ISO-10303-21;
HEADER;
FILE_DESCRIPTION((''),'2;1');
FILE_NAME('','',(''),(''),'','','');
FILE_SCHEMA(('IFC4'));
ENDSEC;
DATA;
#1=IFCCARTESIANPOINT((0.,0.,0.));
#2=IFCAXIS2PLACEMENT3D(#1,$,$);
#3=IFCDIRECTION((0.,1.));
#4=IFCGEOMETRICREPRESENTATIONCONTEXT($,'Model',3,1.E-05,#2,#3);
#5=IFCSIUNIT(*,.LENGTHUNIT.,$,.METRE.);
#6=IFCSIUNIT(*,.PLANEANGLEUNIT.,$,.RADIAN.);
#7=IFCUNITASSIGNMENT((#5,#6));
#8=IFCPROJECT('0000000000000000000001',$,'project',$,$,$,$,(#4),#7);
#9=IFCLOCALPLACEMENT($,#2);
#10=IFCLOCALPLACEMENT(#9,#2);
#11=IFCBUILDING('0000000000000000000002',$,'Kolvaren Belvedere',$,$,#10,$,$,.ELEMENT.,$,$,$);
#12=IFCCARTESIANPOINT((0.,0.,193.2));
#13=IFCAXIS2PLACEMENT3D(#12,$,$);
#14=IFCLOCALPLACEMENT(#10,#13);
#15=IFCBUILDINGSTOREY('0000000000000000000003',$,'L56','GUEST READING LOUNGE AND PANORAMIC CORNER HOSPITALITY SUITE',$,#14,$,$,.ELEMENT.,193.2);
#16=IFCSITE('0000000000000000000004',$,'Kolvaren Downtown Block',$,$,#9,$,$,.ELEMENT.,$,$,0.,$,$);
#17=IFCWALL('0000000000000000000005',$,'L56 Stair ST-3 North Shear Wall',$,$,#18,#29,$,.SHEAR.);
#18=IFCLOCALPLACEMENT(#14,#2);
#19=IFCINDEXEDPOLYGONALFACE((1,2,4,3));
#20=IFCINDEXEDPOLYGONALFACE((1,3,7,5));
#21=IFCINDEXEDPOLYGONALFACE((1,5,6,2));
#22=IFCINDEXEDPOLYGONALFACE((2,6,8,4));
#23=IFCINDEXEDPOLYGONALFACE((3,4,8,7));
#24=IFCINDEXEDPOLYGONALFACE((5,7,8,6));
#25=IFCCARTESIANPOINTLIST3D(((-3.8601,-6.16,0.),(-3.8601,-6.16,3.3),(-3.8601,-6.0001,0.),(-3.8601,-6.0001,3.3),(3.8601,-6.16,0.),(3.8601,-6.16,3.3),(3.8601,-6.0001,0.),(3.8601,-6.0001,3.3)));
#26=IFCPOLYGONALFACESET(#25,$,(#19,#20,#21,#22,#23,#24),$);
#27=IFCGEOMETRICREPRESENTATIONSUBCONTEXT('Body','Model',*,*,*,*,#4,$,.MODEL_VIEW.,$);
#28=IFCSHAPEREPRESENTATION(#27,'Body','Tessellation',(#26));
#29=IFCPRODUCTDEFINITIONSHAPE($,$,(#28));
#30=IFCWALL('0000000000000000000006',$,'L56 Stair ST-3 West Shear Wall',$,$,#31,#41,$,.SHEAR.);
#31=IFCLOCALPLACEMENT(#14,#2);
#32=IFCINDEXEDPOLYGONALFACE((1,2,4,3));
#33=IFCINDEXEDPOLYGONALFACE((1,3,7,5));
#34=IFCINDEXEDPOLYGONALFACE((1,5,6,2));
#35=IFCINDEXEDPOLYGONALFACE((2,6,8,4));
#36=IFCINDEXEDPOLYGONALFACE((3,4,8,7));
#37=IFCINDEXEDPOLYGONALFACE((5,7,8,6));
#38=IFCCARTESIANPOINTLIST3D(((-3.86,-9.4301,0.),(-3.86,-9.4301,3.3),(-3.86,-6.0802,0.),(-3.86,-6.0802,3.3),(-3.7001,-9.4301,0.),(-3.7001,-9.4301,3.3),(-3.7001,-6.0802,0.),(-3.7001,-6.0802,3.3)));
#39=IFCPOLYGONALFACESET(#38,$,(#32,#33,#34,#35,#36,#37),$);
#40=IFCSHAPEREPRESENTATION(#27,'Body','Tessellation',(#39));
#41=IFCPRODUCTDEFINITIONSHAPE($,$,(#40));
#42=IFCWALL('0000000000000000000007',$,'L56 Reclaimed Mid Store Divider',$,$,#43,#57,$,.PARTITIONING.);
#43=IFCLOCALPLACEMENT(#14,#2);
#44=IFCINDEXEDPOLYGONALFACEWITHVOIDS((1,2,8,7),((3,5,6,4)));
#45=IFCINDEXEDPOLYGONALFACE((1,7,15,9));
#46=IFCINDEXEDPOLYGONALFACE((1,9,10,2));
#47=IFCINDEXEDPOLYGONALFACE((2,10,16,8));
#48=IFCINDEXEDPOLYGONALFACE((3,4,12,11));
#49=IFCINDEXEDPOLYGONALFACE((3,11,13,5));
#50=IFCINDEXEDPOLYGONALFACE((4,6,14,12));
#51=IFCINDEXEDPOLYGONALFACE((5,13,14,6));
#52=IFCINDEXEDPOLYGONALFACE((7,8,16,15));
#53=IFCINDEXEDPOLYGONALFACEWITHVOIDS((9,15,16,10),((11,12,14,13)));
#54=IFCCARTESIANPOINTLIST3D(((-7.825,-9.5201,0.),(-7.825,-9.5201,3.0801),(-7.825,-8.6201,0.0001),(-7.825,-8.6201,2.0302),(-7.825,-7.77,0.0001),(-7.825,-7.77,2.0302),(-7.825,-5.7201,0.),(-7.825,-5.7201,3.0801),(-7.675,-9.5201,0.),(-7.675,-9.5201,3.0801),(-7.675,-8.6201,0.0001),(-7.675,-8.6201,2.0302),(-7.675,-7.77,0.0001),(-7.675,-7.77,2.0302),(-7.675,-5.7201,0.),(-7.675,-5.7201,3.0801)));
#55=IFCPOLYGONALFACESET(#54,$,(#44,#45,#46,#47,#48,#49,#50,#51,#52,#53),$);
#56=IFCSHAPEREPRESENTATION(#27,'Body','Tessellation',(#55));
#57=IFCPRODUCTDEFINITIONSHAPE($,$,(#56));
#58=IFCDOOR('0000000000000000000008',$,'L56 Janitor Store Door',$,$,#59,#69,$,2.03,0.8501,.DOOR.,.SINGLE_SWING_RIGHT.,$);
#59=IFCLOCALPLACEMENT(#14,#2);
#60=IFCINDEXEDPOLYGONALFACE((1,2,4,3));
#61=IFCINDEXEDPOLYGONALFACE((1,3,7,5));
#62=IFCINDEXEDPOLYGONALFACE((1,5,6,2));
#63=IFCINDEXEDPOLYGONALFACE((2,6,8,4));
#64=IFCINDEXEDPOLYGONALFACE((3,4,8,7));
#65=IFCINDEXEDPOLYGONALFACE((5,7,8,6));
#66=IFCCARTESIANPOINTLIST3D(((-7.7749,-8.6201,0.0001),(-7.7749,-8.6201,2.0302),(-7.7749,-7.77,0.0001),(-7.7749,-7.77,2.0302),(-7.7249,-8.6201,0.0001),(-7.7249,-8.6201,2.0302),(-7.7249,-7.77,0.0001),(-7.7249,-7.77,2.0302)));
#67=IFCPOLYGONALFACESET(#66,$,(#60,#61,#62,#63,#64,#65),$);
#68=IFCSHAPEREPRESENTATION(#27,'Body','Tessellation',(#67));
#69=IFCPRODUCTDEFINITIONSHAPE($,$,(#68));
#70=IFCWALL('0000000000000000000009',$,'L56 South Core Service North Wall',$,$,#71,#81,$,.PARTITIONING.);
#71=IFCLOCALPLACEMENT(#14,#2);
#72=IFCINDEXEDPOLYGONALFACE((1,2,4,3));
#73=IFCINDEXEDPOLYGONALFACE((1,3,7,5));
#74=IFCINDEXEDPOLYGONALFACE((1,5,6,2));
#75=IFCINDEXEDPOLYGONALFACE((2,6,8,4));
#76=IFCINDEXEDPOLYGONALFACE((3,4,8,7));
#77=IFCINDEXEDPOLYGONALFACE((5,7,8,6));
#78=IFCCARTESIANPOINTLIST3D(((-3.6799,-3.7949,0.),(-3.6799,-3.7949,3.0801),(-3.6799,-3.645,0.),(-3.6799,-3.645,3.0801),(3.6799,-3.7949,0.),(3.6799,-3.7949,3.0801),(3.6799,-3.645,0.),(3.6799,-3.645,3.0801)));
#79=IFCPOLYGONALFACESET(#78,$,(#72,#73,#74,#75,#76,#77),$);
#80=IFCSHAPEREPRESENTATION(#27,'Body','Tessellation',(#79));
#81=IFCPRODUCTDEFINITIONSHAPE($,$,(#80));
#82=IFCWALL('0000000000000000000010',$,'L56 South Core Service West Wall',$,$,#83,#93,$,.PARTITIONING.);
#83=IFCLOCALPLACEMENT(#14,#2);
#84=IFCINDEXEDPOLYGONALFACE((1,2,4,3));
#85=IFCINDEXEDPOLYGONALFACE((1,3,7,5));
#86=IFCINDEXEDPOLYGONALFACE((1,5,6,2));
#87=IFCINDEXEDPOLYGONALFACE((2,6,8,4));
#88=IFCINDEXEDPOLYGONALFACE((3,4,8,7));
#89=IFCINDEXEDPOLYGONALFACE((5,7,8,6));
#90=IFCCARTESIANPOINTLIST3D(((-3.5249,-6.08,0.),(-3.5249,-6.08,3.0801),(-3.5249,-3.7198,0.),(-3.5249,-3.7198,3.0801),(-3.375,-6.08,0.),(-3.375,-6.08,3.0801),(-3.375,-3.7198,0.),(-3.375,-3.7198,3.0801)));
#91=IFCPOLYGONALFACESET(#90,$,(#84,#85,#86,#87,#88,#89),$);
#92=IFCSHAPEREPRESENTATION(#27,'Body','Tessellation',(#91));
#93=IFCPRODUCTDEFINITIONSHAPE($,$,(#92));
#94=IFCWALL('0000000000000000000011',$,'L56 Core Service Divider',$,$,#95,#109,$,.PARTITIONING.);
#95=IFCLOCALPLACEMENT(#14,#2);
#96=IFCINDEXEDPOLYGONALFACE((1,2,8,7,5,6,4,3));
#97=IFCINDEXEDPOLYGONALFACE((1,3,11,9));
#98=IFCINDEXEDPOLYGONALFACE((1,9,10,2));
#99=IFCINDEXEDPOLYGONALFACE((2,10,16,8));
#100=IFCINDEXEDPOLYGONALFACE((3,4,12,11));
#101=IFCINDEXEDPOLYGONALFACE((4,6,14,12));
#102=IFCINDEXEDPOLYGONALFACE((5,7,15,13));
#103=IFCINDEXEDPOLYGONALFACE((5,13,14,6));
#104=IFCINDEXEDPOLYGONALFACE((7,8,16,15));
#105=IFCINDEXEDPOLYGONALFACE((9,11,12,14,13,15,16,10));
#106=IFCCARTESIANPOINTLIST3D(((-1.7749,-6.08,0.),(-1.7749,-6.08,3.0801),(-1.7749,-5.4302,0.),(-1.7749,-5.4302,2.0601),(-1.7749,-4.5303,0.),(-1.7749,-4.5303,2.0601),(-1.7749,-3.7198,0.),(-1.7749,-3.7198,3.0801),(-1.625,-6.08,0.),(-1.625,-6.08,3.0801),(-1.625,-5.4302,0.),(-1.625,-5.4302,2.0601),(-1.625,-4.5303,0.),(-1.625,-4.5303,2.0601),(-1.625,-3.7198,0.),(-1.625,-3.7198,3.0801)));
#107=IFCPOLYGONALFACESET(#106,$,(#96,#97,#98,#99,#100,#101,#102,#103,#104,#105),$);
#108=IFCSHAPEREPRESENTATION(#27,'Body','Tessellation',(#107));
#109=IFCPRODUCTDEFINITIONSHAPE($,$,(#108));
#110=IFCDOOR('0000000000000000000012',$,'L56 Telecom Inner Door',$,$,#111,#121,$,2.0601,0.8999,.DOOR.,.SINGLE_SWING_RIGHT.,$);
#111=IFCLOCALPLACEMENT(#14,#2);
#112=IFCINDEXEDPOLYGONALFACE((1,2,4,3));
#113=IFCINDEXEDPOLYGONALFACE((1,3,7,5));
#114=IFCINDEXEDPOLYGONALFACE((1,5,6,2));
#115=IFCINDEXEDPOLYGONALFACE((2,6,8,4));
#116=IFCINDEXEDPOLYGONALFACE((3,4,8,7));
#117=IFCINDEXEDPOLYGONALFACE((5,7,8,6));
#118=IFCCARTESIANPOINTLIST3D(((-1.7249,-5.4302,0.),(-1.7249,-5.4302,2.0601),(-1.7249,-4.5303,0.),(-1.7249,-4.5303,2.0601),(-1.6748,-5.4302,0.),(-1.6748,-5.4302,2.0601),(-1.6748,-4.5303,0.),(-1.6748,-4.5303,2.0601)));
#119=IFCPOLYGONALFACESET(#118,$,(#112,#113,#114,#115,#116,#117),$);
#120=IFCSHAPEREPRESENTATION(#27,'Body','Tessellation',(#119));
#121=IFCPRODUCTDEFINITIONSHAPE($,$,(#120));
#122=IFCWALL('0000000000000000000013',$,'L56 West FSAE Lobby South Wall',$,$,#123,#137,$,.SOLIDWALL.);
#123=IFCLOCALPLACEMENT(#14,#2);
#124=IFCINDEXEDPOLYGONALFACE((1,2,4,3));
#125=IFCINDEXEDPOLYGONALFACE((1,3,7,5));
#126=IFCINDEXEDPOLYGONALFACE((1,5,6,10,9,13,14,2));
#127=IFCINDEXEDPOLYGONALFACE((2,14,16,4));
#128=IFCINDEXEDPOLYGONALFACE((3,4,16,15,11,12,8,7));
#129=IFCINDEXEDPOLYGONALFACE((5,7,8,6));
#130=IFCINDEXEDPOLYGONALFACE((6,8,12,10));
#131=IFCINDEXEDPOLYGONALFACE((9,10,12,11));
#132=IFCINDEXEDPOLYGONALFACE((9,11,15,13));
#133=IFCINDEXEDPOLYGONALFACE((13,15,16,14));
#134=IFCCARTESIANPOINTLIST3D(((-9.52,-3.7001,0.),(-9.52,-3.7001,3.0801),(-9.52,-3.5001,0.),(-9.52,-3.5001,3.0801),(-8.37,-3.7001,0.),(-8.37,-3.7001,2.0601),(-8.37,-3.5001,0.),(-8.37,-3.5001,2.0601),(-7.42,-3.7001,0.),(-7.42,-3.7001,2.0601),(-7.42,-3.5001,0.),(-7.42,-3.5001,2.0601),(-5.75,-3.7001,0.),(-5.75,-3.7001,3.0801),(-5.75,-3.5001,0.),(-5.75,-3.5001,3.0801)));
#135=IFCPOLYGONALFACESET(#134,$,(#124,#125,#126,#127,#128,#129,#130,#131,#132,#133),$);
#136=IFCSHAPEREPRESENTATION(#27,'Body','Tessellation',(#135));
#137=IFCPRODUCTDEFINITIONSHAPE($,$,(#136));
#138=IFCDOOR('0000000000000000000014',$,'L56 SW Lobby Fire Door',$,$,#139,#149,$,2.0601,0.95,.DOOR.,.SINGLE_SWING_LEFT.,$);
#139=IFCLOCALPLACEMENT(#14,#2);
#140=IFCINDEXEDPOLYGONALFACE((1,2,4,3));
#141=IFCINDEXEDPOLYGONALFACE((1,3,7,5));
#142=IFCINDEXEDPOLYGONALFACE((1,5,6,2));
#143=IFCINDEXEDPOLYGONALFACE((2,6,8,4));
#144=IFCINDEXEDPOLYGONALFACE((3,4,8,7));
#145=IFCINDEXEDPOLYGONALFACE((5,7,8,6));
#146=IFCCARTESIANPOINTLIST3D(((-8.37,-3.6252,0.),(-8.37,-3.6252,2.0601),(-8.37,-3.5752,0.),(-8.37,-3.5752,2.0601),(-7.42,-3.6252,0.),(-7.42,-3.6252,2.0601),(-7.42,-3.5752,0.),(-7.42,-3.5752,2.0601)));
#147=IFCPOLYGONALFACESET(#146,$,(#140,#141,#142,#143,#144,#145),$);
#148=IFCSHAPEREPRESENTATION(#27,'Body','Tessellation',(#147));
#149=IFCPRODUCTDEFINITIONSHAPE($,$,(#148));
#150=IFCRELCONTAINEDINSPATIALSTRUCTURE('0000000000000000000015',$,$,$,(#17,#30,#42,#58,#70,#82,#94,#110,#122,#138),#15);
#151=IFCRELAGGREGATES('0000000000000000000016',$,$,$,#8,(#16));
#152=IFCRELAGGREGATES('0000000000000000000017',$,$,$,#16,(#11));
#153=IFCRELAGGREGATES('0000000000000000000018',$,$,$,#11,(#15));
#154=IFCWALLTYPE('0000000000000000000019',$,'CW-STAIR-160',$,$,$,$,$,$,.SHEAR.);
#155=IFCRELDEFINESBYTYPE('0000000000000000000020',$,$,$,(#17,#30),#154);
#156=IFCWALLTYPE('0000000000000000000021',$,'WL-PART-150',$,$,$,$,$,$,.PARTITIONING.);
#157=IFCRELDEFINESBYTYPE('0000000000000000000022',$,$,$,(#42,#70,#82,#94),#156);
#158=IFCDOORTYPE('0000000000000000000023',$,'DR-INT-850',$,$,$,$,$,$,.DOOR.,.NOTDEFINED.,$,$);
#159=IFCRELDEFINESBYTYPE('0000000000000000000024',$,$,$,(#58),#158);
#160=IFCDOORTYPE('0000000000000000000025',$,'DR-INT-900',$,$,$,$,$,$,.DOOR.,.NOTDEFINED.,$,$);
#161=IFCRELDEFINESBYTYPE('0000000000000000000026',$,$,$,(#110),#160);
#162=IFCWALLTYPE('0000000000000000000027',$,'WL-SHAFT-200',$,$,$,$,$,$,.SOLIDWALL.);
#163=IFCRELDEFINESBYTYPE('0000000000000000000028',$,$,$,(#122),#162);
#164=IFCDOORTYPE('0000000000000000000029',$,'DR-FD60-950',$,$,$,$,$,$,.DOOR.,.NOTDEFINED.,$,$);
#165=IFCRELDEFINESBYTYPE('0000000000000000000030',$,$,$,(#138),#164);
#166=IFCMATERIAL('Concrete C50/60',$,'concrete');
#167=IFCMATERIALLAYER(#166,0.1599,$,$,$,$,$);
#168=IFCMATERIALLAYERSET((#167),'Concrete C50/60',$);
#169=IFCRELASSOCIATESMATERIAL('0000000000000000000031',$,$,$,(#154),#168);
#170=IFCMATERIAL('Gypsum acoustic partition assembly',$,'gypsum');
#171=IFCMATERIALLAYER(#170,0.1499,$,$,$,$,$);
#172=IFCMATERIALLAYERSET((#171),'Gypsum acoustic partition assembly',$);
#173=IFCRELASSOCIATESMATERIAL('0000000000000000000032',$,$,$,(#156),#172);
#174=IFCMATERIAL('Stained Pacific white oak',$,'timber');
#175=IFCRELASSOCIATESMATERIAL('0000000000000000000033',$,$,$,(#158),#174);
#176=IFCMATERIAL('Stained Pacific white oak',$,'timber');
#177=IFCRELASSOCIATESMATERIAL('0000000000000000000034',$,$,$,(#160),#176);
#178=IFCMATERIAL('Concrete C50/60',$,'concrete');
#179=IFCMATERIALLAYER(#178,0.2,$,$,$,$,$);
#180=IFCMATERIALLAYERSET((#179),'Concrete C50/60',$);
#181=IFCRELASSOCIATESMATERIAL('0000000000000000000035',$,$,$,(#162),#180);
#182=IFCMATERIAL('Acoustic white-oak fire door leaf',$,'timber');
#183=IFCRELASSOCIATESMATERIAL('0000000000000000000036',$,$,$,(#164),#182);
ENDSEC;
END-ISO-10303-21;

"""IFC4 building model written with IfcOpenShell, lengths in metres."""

from ifc_helpers import new_model, si_unit, direction, frame, frame_2d, origin, place, context, subcontext, project, spatial, rectangle, extrude, material, layer, layer_set, type_object, element, fill, save


model = new_model("IFC4")

# Units and contexts
model_context = context("Model", 3, precision=1e-05, world=origin(), true_north=direction((0.0, 1.0)))
body_context = subcontext(model_context, "Body", "Model", "MODEL_VIEW")
ifc_project = project(units=[si_unit("LENGTHUNIT", "METRE"), si_unit("PLANEANGLEUNIT", "RADIAN")], contexts=[model_context])

# Site, building, storey
site_placement = place(None, origin())
site = spatial("IfcSite", under=ifc_project, at=site_placement, Name="Kolvaren Downtown Block", CompositionType="ELEMENT", RefElevation=0.0)
building_placement = place(site_placement, origin())
building = spatial("IfcBuilding", under=site, at=building_placement, Name="Kolvaren Belvedere", CompositionType="ELEMENT")
storey_placement = place(building_placement, frame((0.0, 0.0, 193.2)))
storey = spatial("IfcBuildingStorey", under=building, at=storey_placement, Name="L56", Description="GUEST READING LOUNGE AND PANORAMIC CORNER HOSPITALITY SUITE", CompositionType="ELEMENT", Elevation=193.2)

# Walls
ifc_material_1 = material(Name="Concrete C50/60", Category="concrete")
ifc_layer_1 = layer(ifc_material_1, 0.1599)
ifc_layer_set_1 = layer_set([ifc_layer_1], Name="Concrete C50/60")
wall_type_1 = type_object("IfcWallType", Name="CW-STAIR-160", PredefinedType="SHEAR", material=ifc_layer_set_1)
wall_1_placement = place(storey_placement, frame((-3.8601, -6.0801, 0.0), z_axis=(0.0, 0.0, 1.0), x_axis=(1.0, 0.0, 0.0)))
element("IfcWall", 1, at=wall_1_placement, inside=storey, type_object=wall_type_1, Name="L56 Stair ST-3 North Shear Wall", PredefinedType="SHEAR", context=body_context, shape_type="SweptSolid", body=[
    extrude(rectangle(XDim=7.7202, YDim=0.1599, at=frame_2d((3.8601, 0.0))), origin(), (0.0, 0.0, 1.0), 3.3),
])
wall_2_placement = place(storey_placement, frame((-3.78, -9.4299, 0.0), z_axis=(0.0, 0.0, 1.0), x_axis=(0.0, 1.0, 0.0)))
element("IfcWall", 2, at=wall_2_placement, inside=storey, type_object=wall_type_1, Name="L56 Stair ST-3 West Shear Wall", PredefinedType="SHEAR", context=body_context, shape_type="SweptSolid", body=[
    extrude(rectangle(XDim=3.3499, YDim=0.1599, at=frame_2d((1.6748, 0.0))), origin(), (0.0, 0.0, 1.0), 3.3),
])

# Wall, opening, door
ifc_material_2 = material(Name="Gypsum acoustic partition assembly", Category="gypsum")
ifc_layer_2 = layer(ifc_material_2, 0.1499)
ifc_layer_set_2 = layer_set([ifc_layer_2], Name="Gypsum acoustic partition assembly")
wall_type_2 = type_object("IfcWallType", Name="WL-PART-150", PredefinedType="PARTITIONING", material=ifc_layer_set_2)
wall_3_placement = place(storey_placement, frame((-7.75, -9.52, 0.0), z_axis=(0.0, 0.0, 1.0), x_axis=(0.0, 1.0, 0.0)))
wall_3 = element("IfcWall", 3, at=wall_3_placement, inside=storey, type_object=wall_type_2, Name="L56 Reclaimed Mid Store Divider", PredefinedType="PARTITIONING", context=body_context, shape_type="SweptSolid", body=[
    extrude(rectangle(XDim=3.8, YDim=0.1499, at=frame_2d((1.8999, 0.0))), origin(), (0.0, 0.0, 1.0), 3.0801),
])
opening_1_placement = place(wall_3_placement, frame((0.8999, 0.0, 0.0)))
opening_1 = element("IfcOpeningElement", 4, at=opening_1_placement, cuts=wall_3, PredefinedType="OPENING", context=body_context, shape_type="SweptSolid", body=[
    extrude(rectangle(XDim=0.8501, YDim=2.03, at=frame_2d((0.425, 1.0151))), frame((0.0, 0.085, 0.0), z_axis=(0.0, -1.0, 0.0), x_axis=(1.0, 0.0, 0.0)), (0.0, 0.0, 1.0), 0.1699),
])
ifc_material_3 = material(Name="Stained Pacific white oak", Category="timber")
door_type_1 = type_object("IfcDoorType", Name="DR-INT-850", OperationType="NOTDEFINED", PredefinedType="DOOR", material=ifc_material_3)
door_1_placement = place(opening_1_placement, origin())
door_1 = element("IfcDoor", 5, at=door_1_placement, inside=storey, type_object=door_type_1, Name="L56 Janitor Store Door", OperationType="SINGLE_SWING_RIGHT", OverallHeight=2.03, OverallWidth=0.8501, PredefinedType="DOOR", context=body_context, shape_type="SweptSolid", body=[
    extrude(rectangle(XDim=0.8501, YDim=2.03, at=frame_2d((0.425, 1.0151))), frame((0.0, 0.0249, 0.0), z_axis=(0.0, -1.0, 0.0), x_axis=(1.0, 0.0, 0.0)), (0.0, 0.0, 1.0), 0.05),
])
fill(opening_1, door_1)

# Walls
wall_4_placement = place(storey_placement, frame((-3.6799, -3.72, 0.0), z_axis=(0.0, 0.0, 1.0), x_axis=(1.0, 0.0, 0.0)))
element("IfcWall", 6, at=wall_4_placement, inside=storey, type_object=wall_type_2, Name="L56 South Core Service North Wall", PredefinedType="PARTITIONING", context=body_context, shape_type="SweptSolid", body=[
    extrude(rectangle(XDim=7.3599, YDim=0.1499, at=frame_2d((3.6799, 0.0))), origin(), (0.0, 0.0, 1.0), 3.0801),
])
wall_5_placement = place(storey_placement, frame((-3.45, -6.0801, 0.0), z_axis=(0.0, 0.0, 1.0), x_axis=(0.0, 1.0, 0.0)))
element("IfcWall", 7, at=wall_5_placement, inside=storey, type_object=wall_type_2, Name="L56 South Core Service West Wall", PredefinedType="PARTITIONING", context=body_context, shape_type="SweptSolid", body=[
    extrude(rectangle(XDim=2.3601, YDim=0.1499, at=frame_2d((1.1802, 0.0))), origin(), (0.0, 0.0, 1.0), 3.0801),
])

# Walls, openings, doors
wall_6_placement = place(storey_placement, frame((-1.7, -6.0801, 0.0), z_axis=(0.0, 0.0, 1.0), x_axis=(0.0, 1.0, 0.0)))
wall_6 = element("IfcWall", 8, at=wall_6_placement, inside=storey, type_object=wall_type_2, Name="L56 Core Service Divider", PredefinedType="PARTITIONING", context=body_context, shape_type="SweptSolid", body=[
    extrude(rectangle(XDim=2.3601, YDim=0.1499, at=frame_2d((1.1802, 0.0))), origin(), (0.0, 0.0, 1.0), 3.0801),
])
opening_2_placement = place(wall_6_placement, frame((0.6499, 0.0, 0.0)))
opening_2 = element("IfcOpeningElement", 9, at=opening_2_placement, cuts=wall_6, PredefinedType="OPENING", context=body_context, shape_type="SweptSolid", body=[
    extrude(rectangle(XDim=0.8999, YDim=2.0601, at=frame_2d((0.45, 1.03))), frame((0.0, 0.085, 0.0), z_axis=(0.0, -1.0, 0.0), x_axis=(1.0, 0.0, 0.0)), (0.0, 0.0, 1.0), 0.1699),
])
ifc_material_4 = material(Name="Stained Pacific white oak", Category="timber")
door_type_2 = type_object("IfcDoorType", Name="DR-INT-900", OperationType="NOTDEFINED", PredefinedType="DOOR", material=ifc_material_4)
door_2_placement = place(opening_2_placement, origin())
door_2 = element("IfcDoor", 10, at=door_2_placement, inside=storey, type_object=door_type_2, Name="L56 Telecom Inner Door", OperationType="SINGLE_SWING_RIGHT", OverallHeight=2.0601, OverallWidth=0.8999, PredefinedType="DOOR", context=body_context, shape_type="SweptSolid", body=[
    extrude(rectangle(XDim=0.8999, YDim=2.0601, at=frame_2d((0.45, 1.03))), frame((0.0, 0.0249, 0.0), z_axis=(0.0, -1.0, 0.0), x_axis=(1.0, 0.0, 0.0)), (0.0, 0.0, 1.0), 0.05),
])
fill(opening_2, door_2)
ifc_material_5 = material(Name="Concrete C50/60", Category="concrete")
ifc_layer_3 = layer(ifc_material_5, 0.2)
ifc_layer_set_3 = layer_set([ifc_layer_3], Name="Concrete C50/60")
wall_type_3 = type_object("IfcWallType", Name="WL-SHAFT-200", PredefinedType="SOLIDWALL", material=ifc_layer_set_3)
wall_7_placement = place(storey_placement, frame((-9.52, -3.6001, 0.0), z_axis=(0.0, 0.0, 1.0), x_axis=(1.0, 0.0, 0.0)))
wall_7 = element("IfcWall", 11, at=wall_7_placement, inside=storey, type_object=wall_type_3, Name="L56 West FSAE Lobby South Wall", PredefinedType="SOLIDWALL", context=body_context, shape_type="SweptSolid", body=[
    extrude(rectangle(XDim=3.77, YDim=0.2, at=frame_2d((1.885, 0.0))), origin(), (0.0, 0.0, 1.0), 3.0801),
])
opening_3_placement = place(wall_7_placement, frame((1.1499, 0.0, 0.0)))
opening_3 = element("IfcOpeningElement", 12, at=opening_3_placement, cuts=wall_7, PredefinedType="OPENING", context=body_context, shape_type="SweptSolid", body=[
    extrude(rectangle(XDim=0.95, YDim=2.0601, at=frame_2d((0.4751, 1.03))), frame((0.0, 0.1099, 0.0), z_axis=(0.0, -1.0, 0.0), x_axis=(1.0, 0.0, 0.0)), (0.0, 0.0, 1.0), 0.22),
])
ifc_material_6 = material(Name="Acoustic white-oak fire door leaf", Category="timber")
door_type_3 = type_object("IfcDoorType", Name="DR-FD60-950", OperationType="NOTDEFINED", PredefinedType="DOOR", material=ifc_material_6)
door_3_placement = place(opening_3_placement, origin())
door_3 = element("IfcDoor", 13, at=door_3_placement, inside=storey, type_object=door_type_3, Name="L56 SW Lobby Fire Door", OperationType="SINGLE_SWING_LEFT", OverallHeight=2.0601, OverallWidth=0.95, PredefinedType="DOOR", context=body_context, shape_type="SweptSolid", body=[
    extrude(rectangle(XDim=0.95, YDim=2.0601, at=frame_2d((0.4751, 1.03))), frame((0.0, 0.0249, 0.0), z_axis=(0.0, -1.0, 0.0), x_axis=(1.0, 0.0, 0.0)), (0.0, 0.0, 1.0), 0.05),
])
fill(opening_3, door_3)

save(model, "model.ifc")
